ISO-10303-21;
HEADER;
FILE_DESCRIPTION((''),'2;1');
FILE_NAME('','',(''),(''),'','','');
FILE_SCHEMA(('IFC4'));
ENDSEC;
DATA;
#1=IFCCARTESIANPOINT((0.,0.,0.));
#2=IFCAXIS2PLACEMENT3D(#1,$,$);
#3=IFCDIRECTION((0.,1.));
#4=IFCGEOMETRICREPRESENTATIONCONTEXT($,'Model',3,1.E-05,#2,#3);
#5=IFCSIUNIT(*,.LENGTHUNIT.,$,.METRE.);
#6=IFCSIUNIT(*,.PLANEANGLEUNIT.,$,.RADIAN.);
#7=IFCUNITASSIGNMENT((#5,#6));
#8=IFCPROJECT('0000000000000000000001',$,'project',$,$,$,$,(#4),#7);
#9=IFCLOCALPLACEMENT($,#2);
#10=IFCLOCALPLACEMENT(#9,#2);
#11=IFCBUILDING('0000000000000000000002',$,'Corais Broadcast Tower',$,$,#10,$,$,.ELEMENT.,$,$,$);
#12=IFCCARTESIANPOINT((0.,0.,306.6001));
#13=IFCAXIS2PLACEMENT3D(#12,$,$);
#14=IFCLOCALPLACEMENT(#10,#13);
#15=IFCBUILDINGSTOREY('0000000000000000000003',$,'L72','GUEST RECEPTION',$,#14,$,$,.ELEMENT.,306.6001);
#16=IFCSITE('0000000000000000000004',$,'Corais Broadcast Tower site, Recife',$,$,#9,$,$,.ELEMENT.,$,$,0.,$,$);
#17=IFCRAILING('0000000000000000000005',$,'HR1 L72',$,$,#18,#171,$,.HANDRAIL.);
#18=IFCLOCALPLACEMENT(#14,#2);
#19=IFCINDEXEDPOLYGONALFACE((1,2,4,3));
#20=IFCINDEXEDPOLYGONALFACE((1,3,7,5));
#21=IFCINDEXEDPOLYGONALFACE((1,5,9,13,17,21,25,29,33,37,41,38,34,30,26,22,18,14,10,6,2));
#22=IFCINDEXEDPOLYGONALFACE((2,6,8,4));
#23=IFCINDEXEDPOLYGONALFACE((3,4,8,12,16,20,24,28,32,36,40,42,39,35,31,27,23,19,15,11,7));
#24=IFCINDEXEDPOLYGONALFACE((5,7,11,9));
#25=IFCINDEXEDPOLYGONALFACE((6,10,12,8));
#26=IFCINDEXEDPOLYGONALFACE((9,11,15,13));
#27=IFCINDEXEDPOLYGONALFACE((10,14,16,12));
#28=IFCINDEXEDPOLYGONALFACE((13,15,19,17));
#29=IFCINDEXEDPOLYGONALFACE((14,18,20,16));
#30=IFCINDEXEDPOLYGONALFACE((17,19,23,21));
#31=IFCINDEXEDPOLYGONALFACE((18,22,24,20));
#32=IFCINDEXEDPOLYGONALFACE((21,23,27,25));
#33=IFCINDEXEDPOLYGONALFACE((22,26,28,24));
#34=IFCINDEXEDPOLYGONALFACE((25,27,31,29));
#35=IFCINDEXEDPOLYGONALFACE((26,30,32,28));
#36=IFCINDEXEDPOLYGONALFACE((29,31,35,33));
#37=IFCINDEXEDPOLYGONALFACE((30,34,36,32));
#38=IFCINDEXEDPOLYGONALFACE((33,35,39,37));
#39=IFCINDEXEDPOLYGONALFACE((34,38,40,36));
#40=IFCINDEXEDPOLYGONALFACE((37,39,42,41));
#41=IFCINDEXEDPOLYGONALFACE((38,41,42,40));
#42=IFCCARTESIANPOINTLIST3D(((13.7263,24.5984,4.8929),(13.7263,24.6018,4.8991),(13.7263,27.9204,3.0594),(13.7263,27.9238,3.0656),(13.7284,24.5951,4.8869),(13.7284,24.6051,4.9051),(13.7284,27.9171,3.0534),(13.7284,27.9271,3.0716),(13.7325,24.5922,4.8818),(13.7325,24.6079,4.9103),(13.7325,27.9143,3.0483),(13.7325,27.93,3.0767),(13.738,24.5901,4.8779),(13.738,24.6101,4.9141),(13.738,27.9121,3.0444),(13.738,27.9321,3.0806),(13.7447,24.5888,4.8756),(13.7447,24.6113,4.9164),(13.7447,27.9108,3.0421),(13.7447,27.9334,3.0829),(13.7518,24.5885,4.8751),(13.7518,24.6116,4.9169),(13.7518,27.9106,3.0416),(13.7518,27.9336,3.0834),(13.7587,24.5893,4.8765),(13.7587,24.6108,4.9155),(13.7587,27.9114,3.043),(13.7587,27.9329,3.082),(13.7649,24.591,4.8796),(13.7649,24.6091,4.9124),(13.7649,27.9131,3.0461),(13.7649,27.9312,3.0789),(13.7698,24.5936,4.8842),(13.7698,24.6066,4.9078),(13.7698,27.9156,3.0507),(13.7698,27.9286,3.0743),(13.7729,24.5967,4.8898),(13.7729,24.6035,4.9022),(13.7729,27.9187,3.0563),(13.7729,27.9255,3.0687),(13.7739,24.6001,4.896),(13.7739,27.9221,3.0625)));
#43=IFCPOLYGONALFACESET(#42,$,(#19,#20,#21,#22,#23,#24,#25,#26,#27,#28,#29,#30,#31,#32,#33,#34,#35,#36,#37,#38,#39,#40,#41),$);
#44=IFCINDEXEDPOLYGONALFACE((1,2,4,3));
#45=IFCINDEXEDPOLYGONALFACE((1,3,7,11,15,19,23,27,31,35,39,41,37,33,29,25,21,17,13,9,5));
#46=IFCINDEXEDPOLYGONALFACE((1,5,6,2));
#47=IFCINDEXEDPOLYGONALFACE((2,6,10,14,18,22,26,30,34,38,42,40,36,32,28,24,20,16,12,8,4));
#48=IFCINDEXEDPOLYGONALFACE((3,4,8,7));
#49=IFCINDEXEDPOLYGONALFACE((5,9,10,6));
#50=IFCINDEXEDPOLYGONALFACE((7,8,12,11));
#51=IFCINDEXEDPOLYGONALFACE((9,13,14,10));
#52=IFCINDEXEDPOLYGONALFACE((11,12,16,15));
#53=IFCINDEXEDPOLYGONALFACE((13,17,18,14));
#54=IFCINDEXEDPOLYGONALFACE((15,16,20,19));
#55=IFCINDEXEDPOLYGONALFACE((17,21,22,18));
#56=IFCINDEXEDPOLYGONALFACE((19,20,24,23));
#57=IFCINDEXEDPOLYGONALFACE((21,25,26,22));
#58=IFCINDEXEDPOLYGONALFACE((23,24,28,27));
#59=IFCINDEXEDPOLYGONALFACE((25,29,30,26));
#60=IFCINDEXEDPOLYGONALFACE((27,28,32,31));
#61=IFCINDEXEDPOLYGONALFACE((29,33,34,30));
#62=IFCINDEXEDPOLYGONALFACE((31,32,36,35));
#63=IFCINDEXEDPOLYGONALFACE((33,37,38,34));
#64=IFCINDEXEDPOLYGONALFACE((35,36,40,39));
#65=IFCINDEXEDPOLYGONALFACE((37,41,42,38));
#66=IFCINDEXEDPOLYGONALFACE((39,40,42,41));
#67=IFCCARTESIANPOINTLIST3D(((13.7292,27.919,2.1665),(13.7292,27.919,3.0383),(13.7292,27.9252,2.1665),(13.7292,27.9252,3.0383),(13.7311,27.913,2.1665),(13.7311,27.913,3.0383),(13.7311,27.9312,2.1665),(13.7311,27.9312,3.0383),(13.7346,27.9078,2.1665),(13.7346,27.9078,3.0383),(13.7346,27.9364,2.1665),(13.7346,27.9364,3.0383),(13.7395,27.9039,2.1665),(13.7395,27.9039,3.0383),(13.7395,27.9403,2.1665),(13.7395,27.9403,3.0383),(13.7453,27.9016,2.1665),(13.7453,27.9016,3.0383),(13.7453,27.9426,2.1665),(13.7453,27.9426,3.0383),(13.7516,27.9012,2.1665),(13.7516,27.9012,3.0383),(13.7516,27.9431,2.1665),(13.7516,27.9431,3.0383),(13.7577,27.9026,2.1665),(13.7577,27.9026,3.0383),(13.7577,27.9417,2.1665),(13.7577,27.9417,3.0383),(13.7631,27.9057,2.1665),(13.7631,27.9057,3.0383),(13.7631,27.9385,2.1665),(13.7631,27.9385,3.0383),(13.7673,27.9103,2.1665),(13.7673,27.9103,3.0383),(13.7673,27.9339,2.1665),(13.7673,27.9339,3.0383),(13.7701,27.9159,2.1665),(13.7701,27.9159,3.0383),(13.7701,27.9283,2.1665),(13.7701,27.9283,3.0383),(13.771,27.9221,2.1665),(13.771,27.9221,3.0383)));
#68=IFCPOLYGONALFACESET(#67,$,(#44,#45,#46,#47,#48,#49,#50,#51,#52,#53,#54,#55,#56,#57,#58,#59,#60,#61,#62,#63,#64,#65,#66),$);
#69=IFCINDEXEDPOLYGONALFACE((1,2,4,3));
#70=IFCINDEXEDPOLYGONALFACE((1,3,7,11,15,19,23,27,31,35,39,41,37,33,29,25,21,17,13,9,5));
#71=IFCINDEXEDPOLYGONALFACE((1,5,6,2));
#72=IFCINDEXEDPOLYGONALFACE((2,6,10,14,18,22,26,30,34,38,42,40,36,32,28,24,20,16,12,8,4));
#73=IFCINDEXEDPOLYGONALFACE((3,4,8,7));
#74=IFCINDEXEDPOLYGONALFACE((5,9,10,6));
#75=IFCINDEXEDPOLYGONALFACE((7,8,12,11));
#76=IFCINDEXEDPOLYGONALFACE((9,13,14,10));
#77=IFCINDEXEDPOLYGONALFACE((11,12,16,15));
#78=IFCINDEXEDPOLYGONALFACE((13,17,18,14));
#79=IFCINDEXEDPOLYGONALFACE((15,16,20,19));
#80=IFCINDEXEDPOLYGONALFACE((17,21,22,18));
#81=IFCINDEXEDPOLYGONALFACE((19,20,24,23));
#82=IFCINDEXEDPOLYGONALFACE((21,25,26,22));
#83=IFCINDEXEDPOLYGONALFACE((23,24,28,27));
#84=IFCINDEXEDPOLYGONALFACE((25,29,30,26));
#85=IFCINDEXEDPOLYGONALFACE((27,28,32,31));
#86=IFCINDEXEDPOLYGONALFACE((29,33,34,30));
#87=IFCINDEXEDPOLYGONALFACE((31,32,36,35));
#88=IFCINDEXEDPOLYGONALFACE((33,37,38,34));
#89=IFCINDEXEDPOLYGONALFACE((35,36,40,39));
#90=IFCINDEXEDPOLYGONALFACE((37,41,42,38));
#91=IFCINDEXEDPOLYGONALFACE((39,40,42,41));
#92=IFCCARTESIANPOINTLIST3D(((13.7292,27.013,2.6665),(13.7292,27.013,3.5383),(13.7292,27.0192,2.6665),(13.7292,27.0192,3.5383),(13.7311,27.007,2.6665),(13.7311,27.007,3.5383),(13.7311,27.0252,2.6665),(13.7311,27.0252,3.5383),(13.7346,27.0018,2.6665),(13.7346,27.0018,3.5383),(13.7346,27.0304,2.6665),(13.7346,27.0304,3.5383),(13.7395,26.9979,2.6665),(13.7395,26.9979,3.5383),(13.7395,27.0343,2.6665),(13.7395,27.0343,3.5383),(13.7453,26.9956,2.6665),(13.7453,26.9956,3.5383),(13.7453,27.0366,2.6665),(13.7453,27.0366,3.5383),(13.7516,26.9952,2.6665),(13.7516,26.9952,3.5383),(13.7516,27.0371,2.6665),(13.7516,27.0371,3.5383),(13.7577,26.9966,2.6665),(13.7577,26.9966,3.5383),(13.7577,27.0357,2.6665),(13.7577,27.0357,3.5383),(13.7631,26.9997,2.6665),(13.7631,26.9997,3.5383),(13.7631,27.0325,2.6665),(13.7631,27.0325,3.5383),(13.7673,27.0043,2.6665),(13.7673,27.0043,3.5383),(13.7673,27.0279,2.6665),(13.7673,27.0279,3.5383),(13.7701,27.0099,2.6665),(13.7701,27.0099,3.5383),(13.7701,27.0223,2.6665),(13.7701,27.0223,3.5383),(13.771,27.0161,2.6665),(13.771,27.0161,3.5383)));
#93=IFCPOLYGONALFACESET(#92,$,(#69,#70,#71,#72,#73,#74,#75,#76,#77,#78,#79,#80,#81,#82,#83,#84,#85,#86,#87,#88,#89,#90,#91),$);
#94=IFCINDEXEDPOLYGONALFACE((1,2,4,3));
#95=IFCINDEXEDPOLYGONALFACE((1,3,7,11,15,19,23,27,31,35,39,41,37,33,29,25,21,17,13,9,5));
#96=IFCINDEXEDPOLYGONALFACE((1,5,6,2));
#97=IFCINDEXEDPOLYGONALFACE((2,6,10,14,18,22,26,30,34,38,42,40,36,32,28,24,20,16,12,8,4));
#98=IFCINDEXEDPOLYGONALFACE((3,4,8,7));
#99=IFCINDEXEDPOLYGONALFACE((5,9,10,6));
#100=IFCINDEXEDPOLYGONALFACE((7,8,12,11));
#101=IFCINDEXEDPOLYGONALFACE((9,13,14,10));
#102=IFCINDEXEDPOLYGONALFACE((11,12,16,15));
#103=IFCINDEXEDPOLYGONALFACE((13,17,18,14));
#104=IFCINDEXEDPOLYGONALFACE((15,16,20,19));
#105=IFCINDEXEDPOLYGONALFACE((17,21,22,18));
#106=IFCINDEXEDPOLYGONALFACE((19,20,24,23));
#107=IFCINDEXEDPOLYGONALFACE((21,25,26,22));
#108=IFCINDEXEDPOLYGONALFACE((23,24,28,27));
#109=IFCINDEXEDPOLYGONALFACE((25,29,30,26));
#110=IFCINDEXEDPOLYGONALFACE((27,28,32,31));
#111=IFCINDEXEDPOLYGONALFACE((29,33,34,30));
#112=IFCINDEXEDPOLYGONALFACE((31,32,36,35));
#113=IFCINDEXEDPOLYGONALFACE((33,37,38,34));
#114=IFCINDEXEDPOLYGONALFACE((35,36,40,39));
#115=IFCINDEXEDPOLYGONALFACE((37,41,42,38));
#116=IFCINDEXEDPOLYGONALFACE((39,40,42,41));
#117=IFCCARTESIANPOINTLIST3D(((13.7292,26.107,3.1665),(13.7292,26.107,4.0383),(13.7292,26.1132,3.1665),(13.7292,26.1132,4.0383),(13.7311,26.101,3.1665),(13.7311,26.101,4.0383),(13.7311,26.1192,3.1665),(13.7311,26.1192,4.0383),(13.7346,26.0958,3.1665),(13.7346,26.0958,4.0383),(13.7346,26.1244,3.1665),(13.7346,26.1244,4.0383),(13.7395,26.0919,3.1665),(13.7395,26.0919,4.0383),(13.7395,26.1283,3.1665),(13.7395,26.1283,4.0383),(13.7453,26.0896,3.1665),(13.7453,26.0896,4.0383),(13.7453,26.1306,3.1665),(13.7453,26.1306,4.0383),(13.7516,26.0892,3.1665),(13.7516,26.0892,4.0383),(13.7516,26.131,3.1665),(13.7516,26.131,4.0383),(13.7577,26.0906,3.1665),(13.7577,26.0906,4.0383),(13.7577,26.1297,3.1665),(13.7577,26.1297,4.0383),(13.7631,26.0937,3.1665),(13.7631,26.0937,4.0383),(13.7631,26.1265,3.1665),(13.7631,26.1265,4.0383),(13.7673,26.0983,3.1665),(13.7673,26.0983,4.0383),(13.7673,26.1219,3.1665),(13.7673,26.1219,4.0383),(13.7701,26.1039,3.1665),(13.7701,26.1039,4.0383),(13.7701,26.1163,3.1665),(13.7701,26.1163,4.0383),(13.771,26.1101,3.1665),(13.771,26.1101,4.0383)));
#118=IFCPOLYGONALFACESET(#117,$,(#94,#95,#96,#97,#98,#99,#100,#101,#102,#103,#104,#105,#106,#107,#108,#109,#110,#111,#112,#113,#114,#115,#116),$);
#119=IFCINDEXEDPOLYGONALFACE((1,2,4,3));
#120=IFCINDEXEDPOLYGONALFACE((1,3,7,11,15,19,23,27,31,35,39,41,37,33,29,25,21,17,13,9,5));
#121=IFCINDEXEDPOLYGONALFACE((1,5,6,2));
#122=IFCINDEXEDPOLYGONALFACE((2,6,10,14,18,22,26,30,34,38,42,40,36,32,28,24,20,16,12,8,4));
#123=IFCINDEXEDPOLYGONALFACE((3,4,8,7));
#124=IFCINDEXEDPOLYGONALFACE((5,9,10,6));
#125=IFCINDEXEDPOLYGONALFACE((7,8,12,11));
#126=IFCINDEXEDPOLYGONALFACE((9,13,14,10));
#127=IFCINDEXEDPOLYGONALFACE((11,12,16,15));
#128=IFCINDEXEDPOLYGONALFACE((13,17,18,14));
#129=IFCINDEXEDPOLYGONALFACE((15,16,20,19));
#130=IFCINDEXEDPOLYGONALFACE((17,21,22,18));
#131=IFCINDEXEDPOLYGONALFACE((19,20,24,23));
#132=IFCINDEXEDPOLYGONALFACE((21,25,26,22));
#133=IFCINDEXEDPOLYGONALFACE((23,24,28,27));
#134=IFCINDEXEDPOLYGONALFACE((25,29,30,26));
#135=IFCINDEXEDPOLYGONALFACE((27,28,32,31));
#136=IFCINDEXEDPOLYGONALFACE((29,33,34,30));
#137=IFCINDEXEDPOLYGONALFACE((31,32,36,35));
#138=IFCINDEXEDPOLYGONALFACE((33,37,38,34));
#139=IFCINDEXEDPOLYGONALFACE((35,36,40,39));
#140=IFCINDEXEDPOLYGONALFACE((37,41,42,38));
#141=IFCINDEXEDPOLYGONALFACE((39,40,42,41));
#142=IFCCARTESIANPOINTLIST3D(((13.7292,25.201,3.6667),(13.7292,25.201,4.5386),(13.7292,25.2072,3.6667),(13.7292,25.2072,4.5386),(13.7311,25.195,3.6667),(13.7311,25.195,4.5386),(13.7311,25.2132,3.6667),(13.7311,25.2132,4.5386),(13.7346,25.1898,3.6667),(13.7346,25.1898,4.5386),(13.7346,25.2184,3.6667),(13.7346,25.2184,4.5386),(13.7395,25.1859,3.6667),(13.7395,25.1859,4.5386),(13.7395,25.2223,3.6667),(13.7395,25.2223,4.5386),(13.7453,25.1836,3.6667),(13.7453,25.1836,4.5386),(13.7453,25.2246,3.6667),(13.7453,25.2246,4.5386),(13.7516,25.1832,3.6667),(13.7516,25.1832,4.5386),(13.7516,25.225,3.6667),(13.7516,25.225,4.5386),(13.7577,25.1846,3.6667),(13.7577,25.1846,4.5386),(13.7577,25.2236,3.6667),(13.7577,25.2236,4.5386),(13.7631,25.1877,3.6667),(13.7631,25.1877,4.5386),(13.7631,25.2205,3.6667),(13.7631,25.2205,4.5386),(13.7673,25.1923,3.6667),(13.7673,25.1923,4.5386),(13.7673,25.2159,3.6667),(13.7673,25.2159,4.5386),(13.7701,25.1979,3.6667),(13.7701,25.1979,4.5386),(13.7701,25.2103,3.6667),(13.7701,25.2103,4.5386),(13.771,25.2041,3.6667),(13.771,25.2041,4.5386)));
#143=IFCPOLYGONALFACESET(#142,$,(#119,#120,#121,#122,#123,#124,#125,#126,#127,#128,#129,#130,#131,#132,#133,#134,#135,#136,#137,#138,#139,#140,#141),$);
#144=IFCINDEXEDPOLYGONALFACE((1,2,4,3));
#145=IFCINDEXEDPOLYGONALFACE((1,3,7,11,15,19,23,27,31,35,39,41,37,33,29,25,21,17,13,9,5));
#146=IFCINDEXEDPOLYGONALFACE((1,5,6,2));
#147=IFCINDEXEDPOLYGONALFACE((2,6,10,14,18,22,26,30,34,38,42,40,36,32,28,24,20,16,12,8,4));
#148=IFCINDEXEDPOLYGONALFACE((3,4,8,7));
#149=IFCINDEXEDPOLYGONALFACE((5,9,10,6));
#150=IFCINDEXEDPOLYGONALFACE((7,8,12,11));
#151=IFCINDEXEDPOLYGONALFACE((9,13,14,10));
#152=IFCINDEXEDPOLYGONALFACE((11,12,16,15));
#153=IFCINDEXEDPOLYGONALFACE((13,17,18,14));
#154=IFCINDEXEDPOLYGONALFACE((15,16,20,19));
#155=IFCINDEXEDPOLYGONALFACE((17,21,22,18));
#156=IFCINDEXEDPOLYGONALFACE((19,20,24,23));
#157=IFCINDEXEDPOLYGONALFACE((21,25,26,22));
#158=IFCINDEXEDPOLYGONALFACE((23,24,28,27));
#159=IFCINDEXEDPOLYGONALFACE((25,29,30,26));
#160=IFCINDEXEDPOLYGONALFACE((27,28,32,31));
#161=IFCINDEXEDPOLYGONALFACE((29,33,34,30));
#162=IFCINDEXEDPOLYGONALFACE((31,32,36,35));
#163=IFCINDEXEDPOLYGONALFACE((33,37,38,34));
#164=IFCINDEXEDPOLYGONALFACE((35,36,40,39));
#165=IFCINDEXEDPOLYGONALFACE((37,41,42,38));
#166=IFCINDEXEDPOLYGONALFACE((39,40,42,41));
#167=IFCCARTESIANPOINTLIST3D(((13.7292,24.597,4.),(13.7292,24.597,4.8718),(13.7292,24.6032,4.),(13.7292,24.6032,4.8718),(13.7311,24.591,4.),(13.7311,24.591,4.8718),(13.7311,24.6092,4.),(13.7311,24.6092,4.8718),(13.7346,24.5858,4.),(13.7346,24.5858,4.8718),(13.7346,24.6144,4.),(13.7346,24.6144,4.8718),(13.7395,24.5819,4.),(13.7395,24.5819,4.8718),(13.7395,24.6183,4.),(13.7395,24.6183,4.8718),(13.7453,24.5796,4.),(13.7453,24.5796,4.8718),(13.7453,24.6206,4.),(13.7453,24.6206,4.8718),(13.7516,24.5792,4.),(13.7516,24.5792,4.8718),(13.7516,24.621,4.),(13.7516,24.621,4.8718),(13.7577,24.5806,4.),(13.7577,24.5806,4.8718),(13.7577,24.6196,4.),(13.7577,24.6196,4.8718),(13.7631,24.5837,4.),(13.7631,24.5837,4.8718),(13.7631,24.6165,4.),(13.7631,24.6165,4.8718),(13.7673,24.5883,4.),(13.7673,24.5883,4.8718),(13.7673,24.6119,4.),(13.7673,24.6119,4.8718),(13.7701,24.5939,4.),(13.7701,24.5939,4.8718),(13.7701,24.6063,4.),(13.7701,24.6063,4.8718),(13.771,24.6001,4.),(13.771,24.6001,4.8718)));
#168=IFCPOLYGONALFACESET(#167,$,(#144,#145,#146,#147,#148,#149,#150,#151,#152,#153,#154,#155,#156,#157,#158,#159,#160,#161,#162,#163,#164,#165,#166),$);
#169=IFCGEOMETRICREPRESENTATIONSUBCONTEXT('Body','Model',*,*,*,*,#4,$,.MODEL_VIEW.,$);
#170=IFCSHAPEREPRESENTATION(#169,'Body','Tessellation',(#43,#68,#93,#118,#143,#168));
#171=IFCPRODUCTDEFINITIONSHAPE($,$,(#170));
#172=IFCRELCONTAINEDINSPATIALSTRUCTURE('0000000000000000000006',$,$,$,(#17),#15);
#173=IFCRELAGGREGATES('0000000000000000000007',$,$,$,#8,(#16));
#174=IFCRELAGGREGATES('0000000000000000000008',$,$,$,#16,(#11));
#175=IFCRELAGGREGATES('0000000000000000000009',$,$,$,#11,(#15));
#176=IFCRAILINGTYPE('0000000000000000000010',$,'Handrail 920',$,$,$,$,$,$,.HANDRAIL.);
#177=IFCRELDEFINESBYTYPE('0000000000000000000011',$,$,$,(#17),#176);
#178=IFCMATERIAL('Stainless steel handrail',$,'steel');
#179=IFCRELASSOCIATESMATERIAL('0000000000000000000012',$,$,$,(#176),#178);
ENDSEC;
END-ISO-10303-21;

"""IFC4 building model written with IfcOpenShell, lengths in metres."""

from ifc_helpers import new_model, si_unit, direction, frame, origin, origin_2d, place, context, subcontext, project, spatial, circle, extrude, material, type_object, element, save


model = new_model("IFC4")

# Units and contexts
model_context = context("Model", 3, precision=1e-05, world=origin(), true_north=direction((0.0, 1.0)))
body_context = subcontext(model_context, "Body", "Model", "MODEL_VIEW")
ifc_project = project(units=[si_unit("LENGTHUNIT", "METRE"), si_unit("PLANEANGLEUNIT", "RADIAN")], contexts=[model_context])

# Site, building, storey
site_placement = place(None, origin())
site = spatial("IfcSite", under=ifc_project, at=site_placement, Name="Corais Broadcast Tower site, Recife", CompositionType="ELEMENT", RefElevation=0.0)
building_placement = place(site_placement, origin())
building = spatial("IfcBuilding", under=site, at=building_placement, Name="Corais Broadcast Tower", CompositionType="ELEMENT")
storey_placement = place(building_placement, frame((0.0, 0.0, 306.6001)))
storey = spatial("IfcBuildingStorey", under=building, at=storey_placement, Name="L72", Description="GUEST RECEPTION", CompositionType="ELEMENT", Elevation=306.6001)

# Railing
ifc_material_1 = material(Name="Stainless steel handrail", Category="steel")
railing_type = type_object("IfcRailingType", Name="Handrail 920", PredefinedType="HANDRAIL", material=ifc_material_1)
for number, where, name in (
    (1, (13.75, 27.9221, 2.1665), "HR1 L72"),
):
    element("IfcRailing", number, at=place(storey_placement, frame(where)), inside=storey, type_object=railing_type, Name=name, PredefinedType="HANDRAIL", context=body_context, shape_type="SweptSolid", body=[
        extrude(circle(Radius=0.0239, at=origin_2d()), frame((0.0, 0.0, 0.896), z_axis=(0.0, -0.875504, 0.48321), x_axis=(1.0, 0.0, 0.0)), (0.0, 0.0, 1.0), 3.7944),
        extrude(circle(Radius=0.021, at=origin_2d()), origin(), (0.0, 0.0, 1.0), 0.8718),
        extrude(circle(Radius=0.021, at=origin_2d()), frame((0.0, -0.906, 0.5)), (0.0, 0.0, 1.0), 0.8718),
        extrude(circle(Radius=0.021, at=origin_2d()), frame((0.0, -1.812, 1.0)), (0.0, 0.0, 1.0), 0.8718),
        extrude(circle(Radius=0.021, at=origin_2d()), frame((0.0, -2.718, 1.5002)), (0.0, 0.0, 1.0), 0.8718),
        extrude(circle(Radius=0.021, at=origin_2d()), frame((0.0, -3.322, 1.8335)), (0.0, 0.0, 1.0), 0.8718),
    ])

save(model, "model.ifc")
